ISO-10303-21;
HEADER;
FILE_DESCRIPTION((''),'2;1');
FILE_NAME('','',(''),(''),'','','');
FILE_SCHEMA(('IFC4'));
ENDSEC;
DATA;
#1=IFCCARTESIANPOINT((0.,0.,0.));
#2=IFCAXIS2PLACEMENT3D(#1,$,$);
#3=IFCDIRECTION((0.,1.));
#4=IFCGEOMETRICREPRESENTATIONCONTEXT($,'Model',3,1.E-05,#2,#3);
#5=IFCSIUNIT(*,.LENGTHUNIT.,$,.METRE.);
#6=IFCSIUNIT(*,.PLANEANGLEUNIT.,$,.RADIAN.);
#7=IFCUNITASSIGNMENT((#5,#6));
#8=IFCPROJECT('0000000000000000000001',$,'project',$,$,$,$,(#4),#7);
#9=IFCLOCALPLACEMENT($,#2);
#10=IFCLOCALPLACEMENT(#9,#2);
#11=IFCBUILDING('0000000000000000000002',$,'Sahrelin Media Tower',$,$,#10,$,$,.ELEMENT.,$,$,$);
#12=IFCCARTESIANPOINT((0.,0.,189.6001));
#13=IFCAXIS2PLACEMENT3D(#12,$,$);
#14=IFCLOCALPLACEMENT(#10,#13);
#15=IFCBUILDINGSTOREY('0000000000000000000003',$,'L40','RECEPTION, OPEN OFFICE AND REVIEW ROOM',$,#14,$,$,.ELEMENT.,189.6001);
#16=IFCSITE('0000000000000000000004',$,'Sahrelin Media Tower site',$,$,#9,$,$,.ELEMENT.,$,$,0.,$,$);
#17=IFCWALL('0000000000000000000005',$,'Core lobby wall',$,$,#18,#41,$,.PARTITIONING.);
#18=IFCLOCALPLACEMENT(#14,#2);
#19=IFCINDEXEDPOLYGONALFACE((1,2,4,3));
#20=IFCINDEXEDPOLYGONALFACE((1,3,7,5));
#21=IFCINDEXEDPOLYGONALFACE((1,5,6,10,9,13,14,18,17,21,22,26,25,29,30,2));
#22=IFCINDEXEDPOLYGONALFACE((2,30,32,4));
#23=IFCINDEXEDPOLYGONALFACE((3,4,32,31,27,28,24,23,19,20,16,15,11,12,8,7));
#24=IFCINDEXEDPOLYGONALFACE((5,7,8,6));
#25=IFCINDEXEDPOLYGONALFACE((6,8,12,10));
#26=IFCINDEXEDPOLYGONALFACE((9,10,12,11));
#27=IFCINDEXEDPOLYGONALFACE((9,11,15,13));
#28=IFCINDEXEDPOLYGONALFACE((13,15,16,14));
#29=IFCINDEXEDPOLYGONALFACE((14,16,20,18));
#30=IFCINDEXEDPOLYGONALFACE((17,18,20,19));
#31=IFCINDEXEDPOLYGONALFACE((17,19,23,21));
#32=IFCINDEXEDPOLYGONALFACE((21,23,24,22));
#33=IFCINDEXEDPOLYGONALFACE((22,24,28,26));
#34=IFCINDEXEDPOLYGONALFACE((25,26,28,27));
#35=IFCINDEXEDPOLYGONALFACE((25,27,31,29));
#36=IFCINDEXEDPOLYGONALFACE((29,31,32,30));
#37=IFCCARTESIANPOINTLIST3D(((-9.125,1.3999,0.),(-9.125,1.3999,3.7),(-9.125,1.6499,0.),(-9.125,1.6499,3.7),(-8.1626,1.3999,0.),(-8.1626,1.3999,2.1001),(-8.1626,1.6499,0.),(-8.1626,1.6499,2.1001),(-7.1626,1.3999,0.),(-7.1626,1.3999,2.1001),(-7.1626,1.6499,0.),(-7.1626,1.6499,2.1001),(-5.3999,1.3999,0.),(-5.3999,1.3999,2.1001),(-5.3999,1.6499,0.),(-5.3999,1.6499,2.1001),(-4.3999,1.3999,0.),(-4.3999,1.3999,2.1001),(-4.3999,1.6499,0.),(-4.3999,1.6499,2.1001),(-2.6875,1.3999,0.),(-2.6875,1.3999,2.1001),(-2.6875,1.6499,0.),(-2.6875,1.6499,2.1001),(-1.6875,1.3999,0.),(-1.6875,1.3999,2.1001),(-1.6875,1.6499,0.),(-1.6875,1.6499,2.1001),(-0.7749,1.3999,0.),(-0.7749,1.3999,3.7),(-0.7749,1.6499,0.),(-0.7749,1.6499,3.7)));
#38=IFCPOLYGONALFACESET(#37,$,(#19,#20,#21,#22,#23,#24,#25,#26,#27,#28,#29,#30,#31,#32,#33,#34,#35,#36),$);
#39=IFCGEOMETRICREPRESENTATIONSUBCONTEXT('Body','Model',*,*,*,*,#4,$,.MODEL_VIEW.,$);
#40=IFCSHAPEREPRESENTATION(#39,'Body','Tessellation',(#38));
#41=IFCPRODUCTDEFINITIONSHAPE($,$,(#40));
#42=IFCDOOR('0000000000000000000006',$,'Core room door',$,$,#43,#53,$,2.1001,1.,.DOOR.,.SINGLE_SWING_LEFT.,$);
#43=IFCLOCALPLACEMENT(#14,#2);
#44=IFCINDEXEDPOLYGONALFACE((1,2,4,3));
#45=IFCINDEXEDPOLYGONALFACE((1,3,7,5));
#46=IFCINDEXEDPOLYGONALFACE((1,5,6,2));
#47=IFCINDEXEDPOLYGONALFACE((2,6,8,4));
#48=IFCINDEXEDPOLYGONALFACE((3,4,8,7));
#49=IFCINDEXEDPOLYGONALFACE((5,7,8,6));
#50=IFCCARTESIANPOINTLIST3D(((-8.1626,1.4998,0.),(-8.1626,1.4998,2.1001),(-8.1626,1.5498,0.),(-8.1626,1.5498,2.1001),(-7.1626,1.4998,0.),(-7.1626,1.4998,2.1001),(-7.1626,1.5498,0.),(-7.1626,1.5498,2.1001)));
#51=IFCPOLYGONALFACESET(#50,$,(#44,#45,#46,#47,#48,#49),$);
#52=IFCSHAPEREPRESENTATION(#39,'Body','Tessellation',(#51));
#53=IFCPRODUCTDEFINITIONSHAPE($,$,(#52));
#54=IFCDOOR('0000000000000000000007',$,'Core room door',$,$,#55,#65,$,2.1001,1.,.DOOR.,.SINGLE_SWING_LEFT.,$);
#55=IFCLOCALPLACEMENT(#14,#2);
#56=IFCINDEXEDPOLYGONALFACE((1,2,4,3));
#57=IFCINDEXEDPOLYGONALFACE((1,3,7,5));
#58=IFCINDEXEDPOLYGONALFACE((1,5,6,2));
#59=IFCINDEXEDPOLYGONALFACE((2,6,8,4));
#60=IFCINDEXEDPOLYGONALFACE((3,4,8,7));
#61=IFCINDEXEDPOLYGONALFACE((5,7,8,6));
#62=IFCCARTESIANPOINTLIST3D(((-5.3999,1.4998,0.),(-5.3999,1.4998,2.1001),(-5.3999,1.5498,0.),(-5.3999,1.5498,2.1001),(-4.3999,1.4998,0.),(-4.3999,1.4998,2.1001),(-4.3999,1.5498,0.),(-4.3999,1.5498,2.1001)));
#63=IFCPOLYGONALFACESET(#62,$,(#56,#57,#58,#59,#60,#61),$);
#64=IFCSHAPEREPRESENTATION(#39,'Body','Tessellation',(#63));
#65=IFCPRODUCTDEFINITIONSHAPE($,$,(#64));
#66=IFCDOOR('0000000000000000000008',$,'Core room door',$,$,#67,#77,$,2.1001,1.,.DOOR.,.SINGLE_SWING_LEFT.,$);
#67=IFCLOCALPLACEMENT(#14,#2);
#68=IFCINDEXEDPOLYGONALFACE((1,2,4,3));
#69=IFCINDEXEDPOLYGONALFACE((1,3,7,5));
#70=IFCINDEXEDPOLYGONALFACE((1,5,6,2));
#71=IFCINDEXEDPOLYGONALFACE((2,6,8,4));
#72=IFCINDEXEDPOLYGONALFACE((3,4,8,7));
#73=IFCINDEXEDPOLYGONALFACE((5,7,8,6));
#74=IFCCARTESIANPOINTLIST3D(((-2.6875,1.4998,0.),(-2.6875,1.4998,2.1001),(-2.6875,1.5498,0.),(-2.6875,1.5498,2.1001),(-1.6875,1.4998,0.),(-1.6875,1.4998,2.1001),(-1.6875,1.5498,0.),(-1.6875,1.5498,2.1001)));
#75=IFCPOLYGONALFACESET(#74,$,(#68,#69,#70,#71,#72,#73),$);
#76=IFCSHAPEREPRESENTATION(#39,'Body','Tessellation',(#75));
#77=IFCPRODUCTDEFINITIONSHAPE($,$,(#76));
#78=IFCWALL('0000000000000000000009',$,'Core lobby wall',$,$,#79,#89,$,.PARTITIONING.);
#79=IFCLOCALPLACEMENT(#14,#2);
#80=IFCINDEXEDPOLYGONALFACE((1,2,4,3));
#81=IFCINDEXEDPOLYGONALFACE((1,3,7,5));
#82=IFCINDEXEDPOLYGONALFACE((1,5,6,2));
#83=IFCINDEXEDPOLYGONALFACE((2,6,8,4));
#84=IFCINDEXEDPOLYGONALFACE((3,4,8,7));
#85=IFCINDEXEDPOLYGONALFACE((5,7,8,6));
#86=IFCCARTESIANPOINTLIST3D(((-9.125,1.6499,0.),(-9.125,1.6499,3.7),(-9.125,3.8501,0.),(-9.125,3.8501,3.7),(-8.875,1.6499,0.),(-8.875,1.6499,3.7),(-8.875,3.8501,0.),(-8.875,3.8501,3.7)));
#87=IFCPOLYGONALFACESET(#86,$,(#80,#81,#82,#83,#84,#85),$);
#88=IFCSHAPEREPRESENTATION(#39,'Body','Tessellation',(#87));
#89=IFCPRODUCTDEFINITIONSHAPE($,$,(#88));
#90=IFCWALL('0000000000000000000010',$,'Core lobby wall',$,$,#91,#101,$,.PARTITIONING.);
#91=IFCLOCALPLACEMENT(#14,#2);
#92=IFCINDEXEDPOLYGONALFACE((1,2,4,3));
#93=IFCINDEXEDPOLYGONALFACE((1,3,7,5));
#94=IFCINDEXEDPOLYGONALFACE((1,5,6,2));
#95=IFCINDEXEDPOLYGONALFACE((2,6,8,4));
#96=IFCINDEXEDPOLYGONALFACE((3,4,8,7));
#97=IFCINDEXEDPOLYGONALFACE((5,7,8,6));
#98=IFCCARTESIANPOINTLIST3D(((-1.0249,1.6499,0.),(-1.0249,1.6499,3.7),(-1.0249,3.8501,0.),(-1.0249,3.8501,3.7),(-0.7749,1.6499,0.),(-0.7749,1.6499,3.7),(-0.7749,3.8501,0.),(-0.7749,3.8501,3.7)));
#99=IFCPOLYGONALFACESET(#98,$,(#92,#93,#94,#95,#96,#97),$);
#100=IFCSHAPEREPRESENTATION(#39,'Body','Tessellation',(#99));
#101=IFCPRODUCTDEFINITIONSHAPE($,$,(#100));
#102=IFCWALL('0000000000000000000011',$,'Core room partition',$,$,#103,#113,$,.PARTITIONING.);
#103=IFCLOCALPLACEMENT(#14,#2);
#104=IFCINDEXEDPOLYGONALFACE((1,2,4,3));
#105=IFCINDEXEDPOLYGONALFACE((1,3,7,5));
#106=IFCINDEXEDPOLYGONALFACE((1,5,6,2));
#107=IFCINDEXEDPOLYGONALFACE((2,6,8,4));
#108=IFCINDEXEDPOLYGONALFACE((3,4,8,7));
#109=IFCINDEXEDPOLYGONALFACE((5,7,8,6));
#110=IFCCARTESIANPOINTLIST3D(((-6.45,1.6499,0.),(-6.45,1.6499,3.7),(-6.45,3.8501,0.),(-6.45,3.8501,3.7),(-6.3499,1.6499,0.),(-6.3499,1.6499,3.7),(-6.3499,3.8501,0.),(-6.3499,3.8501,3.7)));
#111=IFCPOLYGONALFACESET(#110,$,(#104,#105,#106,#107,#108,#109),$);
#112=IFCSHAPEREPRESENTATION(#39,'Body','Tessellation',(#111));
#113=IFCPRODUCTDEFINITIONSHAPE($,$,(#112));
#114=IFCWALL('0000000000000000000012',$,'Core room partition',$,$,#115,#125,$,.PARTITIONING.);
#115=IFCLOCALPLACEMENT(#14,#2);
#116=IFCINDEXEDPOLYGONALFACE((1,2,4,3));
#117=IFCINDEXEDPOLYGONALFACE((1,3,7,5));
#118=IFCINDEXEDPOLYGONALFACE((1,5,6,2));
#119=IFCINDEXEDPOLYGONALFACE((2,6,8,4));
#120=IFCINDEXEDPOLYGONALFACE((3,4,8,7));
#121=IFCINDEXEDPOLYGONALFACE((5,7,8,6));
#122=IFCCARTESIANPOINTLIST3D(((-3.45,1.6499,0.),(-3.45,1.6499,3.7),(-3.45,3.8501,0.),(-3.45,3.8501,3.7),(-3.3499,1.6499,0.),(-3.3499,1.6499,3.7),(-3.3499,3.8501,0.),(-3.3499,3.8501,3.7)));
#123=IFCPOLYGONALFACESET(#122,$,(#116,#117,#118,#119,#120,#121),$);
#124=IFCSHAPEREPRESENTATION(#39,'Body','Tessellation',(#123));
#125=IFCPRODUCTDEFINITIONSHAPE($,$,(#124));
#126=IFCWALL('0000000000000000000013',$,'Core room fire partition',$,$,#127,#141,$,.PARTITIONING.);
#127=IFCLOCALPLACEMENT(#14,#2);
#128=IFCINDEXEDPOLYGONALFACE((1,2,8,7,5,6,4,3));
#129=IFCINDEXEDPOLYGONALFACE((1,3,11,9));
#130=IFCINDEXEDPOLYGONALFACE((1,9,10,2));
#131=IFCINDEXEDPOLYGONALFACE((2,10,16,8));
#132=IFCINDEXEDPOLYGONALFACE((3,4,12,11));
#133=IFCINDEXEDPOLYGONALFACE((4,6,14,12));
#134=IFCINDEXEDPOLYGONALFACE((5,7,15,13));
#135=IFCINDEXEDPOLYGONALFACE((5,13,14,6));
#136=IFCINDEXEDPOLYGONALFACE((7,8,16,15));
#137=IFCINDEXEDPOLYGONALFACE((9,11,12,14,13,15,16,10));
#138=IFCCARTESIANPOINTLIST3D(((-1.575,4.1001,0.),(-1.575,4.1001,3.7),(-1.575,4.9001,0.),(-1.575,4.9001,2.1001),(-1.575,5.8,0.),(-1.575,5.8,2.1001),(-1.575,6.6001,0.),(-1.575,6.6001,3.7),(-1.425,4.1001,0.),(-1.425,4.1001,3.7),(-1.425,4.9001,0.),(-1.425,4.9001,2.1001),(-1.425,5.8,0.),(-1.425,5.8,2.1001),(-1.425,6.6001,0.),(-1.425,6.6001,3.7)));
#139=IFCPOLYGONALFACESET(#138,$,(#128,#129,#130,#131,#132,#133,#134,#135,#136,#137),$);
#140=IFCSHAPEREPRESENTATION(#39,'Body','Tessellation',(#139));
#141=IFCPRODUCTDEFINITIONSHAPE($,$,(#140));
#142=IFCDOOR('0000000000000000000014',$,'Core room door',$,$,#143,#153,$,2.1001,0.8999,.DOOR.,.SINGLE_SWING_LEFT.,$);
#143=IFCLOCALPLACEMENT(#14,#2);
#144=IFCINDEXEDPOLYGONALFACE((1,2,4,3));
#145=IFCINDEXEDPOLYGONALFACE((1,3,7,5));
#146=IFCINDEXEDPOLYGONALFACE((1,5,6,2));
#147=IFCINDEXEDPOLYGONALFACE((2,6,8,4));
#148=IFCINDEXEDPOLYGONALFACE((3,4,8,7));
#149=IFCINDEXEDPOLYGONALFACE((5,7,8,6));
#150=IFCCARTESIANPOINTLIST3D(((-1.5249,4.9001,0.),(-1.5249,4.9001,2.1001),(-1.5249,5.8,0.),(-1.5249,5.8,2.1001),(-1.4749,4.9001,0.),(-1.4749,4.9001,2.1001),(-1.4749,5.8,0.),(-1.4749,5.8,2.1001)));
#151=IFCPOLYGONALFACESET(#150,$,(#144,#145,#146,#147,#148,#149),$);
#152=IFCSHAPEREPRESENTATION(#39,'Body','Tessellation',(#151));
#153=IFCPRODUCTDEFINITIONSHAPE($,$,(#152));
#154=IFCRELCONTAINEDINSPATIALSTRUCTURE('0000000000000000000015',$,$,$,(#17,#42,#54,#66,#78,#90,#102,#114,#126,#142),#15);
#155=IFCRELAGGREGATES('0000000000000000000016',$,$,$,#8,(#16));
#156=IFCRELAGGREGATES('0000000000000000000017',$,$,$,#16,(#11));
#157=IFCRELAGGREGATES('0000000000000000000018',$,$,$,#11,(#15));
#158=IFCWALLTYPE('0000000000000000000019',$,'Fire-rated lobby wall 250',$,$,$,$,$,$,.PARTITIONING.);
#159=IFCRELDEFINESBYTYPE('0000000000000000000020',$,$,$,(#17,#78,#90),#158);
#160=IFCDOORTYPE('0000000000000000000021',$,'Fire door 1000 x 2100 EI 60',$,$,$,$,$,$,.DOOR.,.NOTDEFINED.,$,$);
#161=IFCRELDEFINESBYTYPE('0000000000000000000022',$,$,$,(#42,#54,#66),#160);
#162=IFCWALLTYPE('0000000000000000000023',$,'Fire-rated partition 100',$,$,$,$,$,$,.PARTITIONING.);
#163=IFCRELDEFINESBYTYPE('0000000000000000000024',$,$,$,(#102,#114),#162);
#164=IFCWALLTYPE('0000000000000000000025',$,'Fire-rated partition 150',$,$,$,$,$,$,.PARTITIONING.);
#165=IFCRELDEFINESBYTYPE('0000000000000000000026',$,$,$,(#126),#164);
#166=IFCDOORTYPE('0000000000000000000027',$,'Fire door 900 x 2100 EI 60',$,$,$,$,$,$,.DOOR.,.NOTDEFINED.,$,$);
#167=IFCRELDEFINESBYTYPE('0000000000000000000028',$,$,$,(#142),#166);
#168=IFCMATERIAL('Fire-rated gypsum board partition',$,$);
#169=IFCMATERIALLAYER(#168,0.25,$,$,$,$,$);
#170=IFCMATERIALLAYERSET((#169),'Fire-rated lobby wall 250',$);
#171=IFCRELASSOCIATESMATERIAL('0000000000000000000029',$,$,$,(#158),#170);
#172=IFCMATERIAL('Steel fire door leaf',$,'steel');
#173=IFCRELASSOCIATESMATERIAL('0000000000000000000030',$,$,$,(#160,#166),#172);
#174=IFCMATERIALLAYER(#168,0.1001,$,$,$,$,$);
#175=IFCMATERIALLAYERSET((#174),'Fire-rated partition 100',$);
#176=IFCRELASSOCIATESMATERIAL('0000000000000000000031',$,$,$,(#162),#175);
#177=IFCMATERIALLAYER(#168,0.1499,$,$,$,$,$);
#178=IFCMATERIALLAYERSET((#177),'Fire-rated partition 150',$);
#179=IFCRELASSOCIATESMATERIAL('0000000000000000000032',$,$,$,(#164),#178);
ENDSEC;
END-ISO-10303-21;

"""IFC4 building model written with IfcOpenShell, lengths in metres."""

from ifc_helpers import new_model, si_unit, direction, frame, frame_2d, origin, place, context, subcontext, project, spatial, rectangle, extrude, material, layer, layer_set, type_object, element, fill, save


model = new_model("IFC4")

# Units and contexts
model_context = context("Model", 3, precision=1e-05, world=origin(), true_north=direction((0.0, 1.0)))
body_context = subcontext(model_context, "Body", "Model", "MODEL_VIEW")
ifc_project = project(units=[si_unit("LENGTHUNIT", "METRE"), si_unit("PLANEANGLEUNIT", "RADIAN")], contexts=[model_context])

# Site, building, storey
site_placement = place(None, origin())
site = spatial("IfcSite", under=ifc_project, at=site_placement, Name="Sahrelin Media Tower site", CompositionType="ELEMENT", RefElevation=0.0)
building_placement = place(site_placement, origin())
building = spatial("IfcBuilding", under=site, at=building_placement, Name="Sahrelin Media Tower", CompositionType="ELEMENT")
storey_placement = place(building_placement, frame((0.0, 0.0, 189.6001)))
storey = spatial("IfcBuildingStorey", under=building, at=storey_placement, Name="L40", Description="RECEPTION, OPEN OFFICE AND REVIEW ROOM", CompositionType="ELEMENT", Elevation=189.6001)

# Shared definitions
ifc_material_1 = material(Name="Fire-rated gypsum board partition")
ifc_layer_1 = layer(ifc_material_1, 0.25)
ifc_layer_set_1 = layer_set([ifc_layer_1], Name="Fire-rated lobby wall 250")
wall_type_1 = type_object("IfcWallType", Name="Fire-rated lobby wall 250", PredefinedType="PARTITIONING", material=ifc_layer_set_1)
ifc_material_2 = material(Name="Steel fire door leaf", Category="steel")

# Wall, openings, doors
wall_1_placement = place(storey_placement, frame((-9.125, 1.5249, 0.0), z_axis=(0.0, 0.0, 1.0), x_axis=(1.0, 0.0, 0.0)))
wall_1 = element("IfcWall", 1, at=wall_1_placement, inside=storey, type_object=wall_type_1, Name="Core lobby wall", PredefinedType="PARTITIONING", context=body_context, shape_type="SweptSolid", body=[
    extrude(rectangle(XDim=8.3501, YDim=0.25, at=frame_2d((4.175, 0.0))), origin(), (0.0, 0.0, 1.0), 3.7),
])
opening_1_placement = place(wall_1_placement, frame((0.9624, 0.0, 0.0)))
opening_1 = element("IfcOpeningElement", 2, at=opening_1_placement, cuts=wall_1, PredefinedType="OPENING", context=body_context, shape_type="SweptSolid", body=[
    extrude(rectangle(XDim=1.0, YDim=2.1001, at=frame_2d((0.5, 1.05))), frame((0.0, 0.125, 0.0), z_axis=(0.0, -1.0, 0.0), x_axis=(1.0, 0.0, 0.0)), (0.0, 0.0, 1.0), 0.25),
])
opening_2_placement = place(wall_1_placement, frame((3.7251, 0.0, 0.0)))
opening_2 = element("IfcOpeningElement", 3, at=opening_2_placement, cuts=wall_1, PredefinedType="OPENING", context=body_context, shape_type="SweptSolid", body=[
    extrude(rectangle(XDim=1.0, YDim=2.1001, at=frame_2d((0.5, 1.05))), frame((0.0, 0.125, 0.0), z_axis=(0.0, -1.0, 0.0), x_axis=(1.0, 0.0, 0.0)), (0.0, 0.0, 1.0), 0.25),
])
opening_3_placement = place(wall_1_placement, frame((6.4375, 0.0, 0.0)))
opening_3 = element("IfcOpeningElement", 4, at=opening_3_placement, cuts=wall_1, PredefinedType="OPENING", context=body_context, shape_type="SweptSolid", body=[
    extrude(rectangle(XDim=1.0, YDim=2.1001, at=frame_2d((0.5, 1.05))), frame((0.0, 0.125, 0.0), z_axis=(0.0, -1.0, 0.0), x_axis=(1.0, 0.0, 0.0)), (0.0, 0.0, 1.0), 0.25),
])
door_type_1 = type_object("IfcDoorType", Name="Fire door 1000 x 2100 EI 60", OperationType="NOTDEFINED", PredefinedType="DOOR", material=ifc_material_2)
door_1_placement = place(opening_1_placement, origin())
door_1 = element("IfcDoor", 5, at=door_1_placement, inside=storey, type_object=door_type_1, Name="Core room door", OperationType="SINGLE_SWING_LEFT", OverallHeight=2.1001, OverallWidth=1.0, PredefinedType="DOOR", context=body_context, shape_type="SweptSolid", body=[
    extrude(rectangle(XDim=1.0, YDim=2.1001, at=frame_2d((0.5, 1.05))), frame((0.0, 0.0249, 0.0), z_axis=(0.0, -1.0, 0.0), x_axis=(1.0, 0.0, 0.0)), (0.0, 0.0, 1.0), 0.05),
])
fill(opening_1, door_1)
door_2_placement = place(opening_2_placement, origin())
door_2 = element("IfcDoor", 6, at=door_2_placement, inside=storey, type_object=door_type_1, Name="Core room door", OperationType="SINGLE_SWING_LEFT", OverallHeight=2.1001, OverallWidth=1.0, PredefinedType="DOOR", context=body_context, shape_type="SweptSolid", body=[
    extrude(rectangle(XDim=1.0, YDim=2.1001, at=frame_2d((0.5, 1.05))), frame((0.0, 0.0249, 0.0), z_axis=(0.0, -1.0, 0.0), x_axis=(1.0, 0.0, 0.0)), (0.0, 0.0, 1.0), 0.05),
])
fill(opening_2, door_2)
door_3_placement = place(opening_3_placement, origin())
door_3 = element("IfcDoor", 7, at=door_3_placement, inside=storey, type_object=door_type_1, Name="Core room door", OperationType="SINGLE_SWING_LEFT", OverallHeight=2.1001, OverallWidth=1.0, PredefinedType="DOOR", context=body_context, shape_type="SweptSolid", body=[
    extrude(rectangle(XDim=1.0, YDim=2.1001, at=frame_2d((0.5, 1.05))), frame((0.0, 0.0249, 0.0), z_axis=(0.0, -1.0, 0.0), x_axis=(1.0, 0.0, 0.0)), (0.0, 0.0, 1.0), 0.05),
])
fill(opening_3, door_3)

# Walls
for number, where, z_axis, x_axis, name in (
    (8, (-9.0, 1.6499, 0.0), (0.0, 0.0, 1.0), (0.0, 1.0, 0.0), "Core lobby wall"),
    (9, (-0.8999, 1.6499, 0.0), (0.0, 0.0, 1.0), (0.0, 1.0, 0.0), "Core lobby wall"),
):
    element("IfcWall", number, at=place(storey_placement, frame(where, z_axis=z_axis, x_axis=x_axis)), inside=storey, type_object=wall_type_1, Name=name, PredefinedType="PARTITIONING", context=body_context, shape_type="SweptSolid", body=[
        extrude(rectangle(XDim=2.2002, YDim=0.25, at=frame_2d((1.1001, 0.0))), origin(), (0.0, 0.0, 1.0), 3.7),
    ])
ifc_layer_2 = layer(ifc_material_1, 0.1001)
ifc_layer_set_2 = layer_set([ifc_layer_2], Name="Fire-rated partition 100")
wall_type_2 = type_object("IfcWallType", Name="Fire-rated partition 100", PredefinedType="PARTITIONING", material=ifc_layer_set_2)
for number, where, z_axis, x_axis, name in (
    (10, (-6.3999, 1.6499, 0.0), (0.0, 0.0, 1.0), (0.0, 1.0, 0.0), "Core room partition"),
    (11, (-3.3999, 1.6499, 0.0), (0.0, 0.0, 1.0), (0.0, 1.0, 0.0), "Core room partition"),
):
    element("IfcWall", number, at=place(storey_placement, frame(where, z_axis=z_axis, x_axis=x_axis)), inside=storey, type_object=wall_type_2, Name=name, PredefinedType="PARTITIONING", context=body_context, shape_type="SweptSolid", body=[
        extrude(rectangle(XDim=2.2002, YDim=0.1001, at=frame_2d((1.1001, 0.0))), origin(), (0.0, 0.0, 1.0), 3.7),
    ])

# Wall, opening, door
ifc_layer_3 = layer(ifc_material_1, 0.1499)
ifc_layer_set_3 = layer_set([ifc_layer_3], Name="Fire-rated partition 150")
wall_type_3 = type_object("IfcWallType", Name="Fire-rated partition 150", PredefinedType="PARTITIONING", material=ifc_layer_set_3)
wall_2_placement = place(storey_placement, frame((-1.5, 4.1001, 0.0), z_axis=(0.0, 0.0, 1.0), x_axis=(0.0, 1.0, 0.0)))
wall_2 = element("IfcWall", 12, at=wall_2_placement, inside=storey, type_object=wall_type_3, Name="Core room fire partition", PredefinedType="PARTITIONING", context=body_context, shape_type="SweptSolid", body=[
    extrude(rectangle(XDim=2.5, YDim=0.1499, at=frame_2d((1.25, 0.0))), origin(), (0.0, 0.0, 1.0), 3.7),
])
opening_4_placement = place(wall_2_placement, frame((0.8, 0.0, 0.0)))
opening_4 = element("IfcOpeningElement", 13, at=opening_4_placement, cuts=wall_2, PredefinedType="OPENING", context=body_context, shape_type="SweptSolid", body=[
    extrude(rectangle(XDim=0.8999, YDim=2.1001, at=frame_2d((0.45, 1.05))), frame((0.0, 0.075, 0.0), z_axis=(0.0, -1.0, 0.0), x_axis=(1.0, 0.0, 0.0)), (0.0, 0.0, 1.0), 0.1499),
])
door_type_2 = type_object("IfcDoorType", Name="Fire door 900 x 2100 EI 60", OperationType="NOTDEFINED", PredefinedType="DOOR", material=ifc_material_2)
door_4_placement = place(opening_4_placement, origin())
door_4 = element("IfcDoor", 14, at=door_4_placement, inside=storey, type_object=door_type_2, Name="Core room door", OperationType="SINGLE_SWING_LEFT", OverallHeight=2.1001, OverallWidth=0.8999, PredefinedType="DOOR", context=body_context, shape_type="SweptSolid", body=[
    extrude(rectangle(XDim=0.8999, YDim=2.1001, at=frame_2d((0.45, 1.05))), frame((0.0, 0.0249, 0.0), z_axis=(0.0, -1.0, 0.0), x_axis=(1.0, 0.0, 0.0)), (0.0, 0.0, 1.0), 0.05),
])
fill(opening_4, door_4)

save(model, "model.ifc")
